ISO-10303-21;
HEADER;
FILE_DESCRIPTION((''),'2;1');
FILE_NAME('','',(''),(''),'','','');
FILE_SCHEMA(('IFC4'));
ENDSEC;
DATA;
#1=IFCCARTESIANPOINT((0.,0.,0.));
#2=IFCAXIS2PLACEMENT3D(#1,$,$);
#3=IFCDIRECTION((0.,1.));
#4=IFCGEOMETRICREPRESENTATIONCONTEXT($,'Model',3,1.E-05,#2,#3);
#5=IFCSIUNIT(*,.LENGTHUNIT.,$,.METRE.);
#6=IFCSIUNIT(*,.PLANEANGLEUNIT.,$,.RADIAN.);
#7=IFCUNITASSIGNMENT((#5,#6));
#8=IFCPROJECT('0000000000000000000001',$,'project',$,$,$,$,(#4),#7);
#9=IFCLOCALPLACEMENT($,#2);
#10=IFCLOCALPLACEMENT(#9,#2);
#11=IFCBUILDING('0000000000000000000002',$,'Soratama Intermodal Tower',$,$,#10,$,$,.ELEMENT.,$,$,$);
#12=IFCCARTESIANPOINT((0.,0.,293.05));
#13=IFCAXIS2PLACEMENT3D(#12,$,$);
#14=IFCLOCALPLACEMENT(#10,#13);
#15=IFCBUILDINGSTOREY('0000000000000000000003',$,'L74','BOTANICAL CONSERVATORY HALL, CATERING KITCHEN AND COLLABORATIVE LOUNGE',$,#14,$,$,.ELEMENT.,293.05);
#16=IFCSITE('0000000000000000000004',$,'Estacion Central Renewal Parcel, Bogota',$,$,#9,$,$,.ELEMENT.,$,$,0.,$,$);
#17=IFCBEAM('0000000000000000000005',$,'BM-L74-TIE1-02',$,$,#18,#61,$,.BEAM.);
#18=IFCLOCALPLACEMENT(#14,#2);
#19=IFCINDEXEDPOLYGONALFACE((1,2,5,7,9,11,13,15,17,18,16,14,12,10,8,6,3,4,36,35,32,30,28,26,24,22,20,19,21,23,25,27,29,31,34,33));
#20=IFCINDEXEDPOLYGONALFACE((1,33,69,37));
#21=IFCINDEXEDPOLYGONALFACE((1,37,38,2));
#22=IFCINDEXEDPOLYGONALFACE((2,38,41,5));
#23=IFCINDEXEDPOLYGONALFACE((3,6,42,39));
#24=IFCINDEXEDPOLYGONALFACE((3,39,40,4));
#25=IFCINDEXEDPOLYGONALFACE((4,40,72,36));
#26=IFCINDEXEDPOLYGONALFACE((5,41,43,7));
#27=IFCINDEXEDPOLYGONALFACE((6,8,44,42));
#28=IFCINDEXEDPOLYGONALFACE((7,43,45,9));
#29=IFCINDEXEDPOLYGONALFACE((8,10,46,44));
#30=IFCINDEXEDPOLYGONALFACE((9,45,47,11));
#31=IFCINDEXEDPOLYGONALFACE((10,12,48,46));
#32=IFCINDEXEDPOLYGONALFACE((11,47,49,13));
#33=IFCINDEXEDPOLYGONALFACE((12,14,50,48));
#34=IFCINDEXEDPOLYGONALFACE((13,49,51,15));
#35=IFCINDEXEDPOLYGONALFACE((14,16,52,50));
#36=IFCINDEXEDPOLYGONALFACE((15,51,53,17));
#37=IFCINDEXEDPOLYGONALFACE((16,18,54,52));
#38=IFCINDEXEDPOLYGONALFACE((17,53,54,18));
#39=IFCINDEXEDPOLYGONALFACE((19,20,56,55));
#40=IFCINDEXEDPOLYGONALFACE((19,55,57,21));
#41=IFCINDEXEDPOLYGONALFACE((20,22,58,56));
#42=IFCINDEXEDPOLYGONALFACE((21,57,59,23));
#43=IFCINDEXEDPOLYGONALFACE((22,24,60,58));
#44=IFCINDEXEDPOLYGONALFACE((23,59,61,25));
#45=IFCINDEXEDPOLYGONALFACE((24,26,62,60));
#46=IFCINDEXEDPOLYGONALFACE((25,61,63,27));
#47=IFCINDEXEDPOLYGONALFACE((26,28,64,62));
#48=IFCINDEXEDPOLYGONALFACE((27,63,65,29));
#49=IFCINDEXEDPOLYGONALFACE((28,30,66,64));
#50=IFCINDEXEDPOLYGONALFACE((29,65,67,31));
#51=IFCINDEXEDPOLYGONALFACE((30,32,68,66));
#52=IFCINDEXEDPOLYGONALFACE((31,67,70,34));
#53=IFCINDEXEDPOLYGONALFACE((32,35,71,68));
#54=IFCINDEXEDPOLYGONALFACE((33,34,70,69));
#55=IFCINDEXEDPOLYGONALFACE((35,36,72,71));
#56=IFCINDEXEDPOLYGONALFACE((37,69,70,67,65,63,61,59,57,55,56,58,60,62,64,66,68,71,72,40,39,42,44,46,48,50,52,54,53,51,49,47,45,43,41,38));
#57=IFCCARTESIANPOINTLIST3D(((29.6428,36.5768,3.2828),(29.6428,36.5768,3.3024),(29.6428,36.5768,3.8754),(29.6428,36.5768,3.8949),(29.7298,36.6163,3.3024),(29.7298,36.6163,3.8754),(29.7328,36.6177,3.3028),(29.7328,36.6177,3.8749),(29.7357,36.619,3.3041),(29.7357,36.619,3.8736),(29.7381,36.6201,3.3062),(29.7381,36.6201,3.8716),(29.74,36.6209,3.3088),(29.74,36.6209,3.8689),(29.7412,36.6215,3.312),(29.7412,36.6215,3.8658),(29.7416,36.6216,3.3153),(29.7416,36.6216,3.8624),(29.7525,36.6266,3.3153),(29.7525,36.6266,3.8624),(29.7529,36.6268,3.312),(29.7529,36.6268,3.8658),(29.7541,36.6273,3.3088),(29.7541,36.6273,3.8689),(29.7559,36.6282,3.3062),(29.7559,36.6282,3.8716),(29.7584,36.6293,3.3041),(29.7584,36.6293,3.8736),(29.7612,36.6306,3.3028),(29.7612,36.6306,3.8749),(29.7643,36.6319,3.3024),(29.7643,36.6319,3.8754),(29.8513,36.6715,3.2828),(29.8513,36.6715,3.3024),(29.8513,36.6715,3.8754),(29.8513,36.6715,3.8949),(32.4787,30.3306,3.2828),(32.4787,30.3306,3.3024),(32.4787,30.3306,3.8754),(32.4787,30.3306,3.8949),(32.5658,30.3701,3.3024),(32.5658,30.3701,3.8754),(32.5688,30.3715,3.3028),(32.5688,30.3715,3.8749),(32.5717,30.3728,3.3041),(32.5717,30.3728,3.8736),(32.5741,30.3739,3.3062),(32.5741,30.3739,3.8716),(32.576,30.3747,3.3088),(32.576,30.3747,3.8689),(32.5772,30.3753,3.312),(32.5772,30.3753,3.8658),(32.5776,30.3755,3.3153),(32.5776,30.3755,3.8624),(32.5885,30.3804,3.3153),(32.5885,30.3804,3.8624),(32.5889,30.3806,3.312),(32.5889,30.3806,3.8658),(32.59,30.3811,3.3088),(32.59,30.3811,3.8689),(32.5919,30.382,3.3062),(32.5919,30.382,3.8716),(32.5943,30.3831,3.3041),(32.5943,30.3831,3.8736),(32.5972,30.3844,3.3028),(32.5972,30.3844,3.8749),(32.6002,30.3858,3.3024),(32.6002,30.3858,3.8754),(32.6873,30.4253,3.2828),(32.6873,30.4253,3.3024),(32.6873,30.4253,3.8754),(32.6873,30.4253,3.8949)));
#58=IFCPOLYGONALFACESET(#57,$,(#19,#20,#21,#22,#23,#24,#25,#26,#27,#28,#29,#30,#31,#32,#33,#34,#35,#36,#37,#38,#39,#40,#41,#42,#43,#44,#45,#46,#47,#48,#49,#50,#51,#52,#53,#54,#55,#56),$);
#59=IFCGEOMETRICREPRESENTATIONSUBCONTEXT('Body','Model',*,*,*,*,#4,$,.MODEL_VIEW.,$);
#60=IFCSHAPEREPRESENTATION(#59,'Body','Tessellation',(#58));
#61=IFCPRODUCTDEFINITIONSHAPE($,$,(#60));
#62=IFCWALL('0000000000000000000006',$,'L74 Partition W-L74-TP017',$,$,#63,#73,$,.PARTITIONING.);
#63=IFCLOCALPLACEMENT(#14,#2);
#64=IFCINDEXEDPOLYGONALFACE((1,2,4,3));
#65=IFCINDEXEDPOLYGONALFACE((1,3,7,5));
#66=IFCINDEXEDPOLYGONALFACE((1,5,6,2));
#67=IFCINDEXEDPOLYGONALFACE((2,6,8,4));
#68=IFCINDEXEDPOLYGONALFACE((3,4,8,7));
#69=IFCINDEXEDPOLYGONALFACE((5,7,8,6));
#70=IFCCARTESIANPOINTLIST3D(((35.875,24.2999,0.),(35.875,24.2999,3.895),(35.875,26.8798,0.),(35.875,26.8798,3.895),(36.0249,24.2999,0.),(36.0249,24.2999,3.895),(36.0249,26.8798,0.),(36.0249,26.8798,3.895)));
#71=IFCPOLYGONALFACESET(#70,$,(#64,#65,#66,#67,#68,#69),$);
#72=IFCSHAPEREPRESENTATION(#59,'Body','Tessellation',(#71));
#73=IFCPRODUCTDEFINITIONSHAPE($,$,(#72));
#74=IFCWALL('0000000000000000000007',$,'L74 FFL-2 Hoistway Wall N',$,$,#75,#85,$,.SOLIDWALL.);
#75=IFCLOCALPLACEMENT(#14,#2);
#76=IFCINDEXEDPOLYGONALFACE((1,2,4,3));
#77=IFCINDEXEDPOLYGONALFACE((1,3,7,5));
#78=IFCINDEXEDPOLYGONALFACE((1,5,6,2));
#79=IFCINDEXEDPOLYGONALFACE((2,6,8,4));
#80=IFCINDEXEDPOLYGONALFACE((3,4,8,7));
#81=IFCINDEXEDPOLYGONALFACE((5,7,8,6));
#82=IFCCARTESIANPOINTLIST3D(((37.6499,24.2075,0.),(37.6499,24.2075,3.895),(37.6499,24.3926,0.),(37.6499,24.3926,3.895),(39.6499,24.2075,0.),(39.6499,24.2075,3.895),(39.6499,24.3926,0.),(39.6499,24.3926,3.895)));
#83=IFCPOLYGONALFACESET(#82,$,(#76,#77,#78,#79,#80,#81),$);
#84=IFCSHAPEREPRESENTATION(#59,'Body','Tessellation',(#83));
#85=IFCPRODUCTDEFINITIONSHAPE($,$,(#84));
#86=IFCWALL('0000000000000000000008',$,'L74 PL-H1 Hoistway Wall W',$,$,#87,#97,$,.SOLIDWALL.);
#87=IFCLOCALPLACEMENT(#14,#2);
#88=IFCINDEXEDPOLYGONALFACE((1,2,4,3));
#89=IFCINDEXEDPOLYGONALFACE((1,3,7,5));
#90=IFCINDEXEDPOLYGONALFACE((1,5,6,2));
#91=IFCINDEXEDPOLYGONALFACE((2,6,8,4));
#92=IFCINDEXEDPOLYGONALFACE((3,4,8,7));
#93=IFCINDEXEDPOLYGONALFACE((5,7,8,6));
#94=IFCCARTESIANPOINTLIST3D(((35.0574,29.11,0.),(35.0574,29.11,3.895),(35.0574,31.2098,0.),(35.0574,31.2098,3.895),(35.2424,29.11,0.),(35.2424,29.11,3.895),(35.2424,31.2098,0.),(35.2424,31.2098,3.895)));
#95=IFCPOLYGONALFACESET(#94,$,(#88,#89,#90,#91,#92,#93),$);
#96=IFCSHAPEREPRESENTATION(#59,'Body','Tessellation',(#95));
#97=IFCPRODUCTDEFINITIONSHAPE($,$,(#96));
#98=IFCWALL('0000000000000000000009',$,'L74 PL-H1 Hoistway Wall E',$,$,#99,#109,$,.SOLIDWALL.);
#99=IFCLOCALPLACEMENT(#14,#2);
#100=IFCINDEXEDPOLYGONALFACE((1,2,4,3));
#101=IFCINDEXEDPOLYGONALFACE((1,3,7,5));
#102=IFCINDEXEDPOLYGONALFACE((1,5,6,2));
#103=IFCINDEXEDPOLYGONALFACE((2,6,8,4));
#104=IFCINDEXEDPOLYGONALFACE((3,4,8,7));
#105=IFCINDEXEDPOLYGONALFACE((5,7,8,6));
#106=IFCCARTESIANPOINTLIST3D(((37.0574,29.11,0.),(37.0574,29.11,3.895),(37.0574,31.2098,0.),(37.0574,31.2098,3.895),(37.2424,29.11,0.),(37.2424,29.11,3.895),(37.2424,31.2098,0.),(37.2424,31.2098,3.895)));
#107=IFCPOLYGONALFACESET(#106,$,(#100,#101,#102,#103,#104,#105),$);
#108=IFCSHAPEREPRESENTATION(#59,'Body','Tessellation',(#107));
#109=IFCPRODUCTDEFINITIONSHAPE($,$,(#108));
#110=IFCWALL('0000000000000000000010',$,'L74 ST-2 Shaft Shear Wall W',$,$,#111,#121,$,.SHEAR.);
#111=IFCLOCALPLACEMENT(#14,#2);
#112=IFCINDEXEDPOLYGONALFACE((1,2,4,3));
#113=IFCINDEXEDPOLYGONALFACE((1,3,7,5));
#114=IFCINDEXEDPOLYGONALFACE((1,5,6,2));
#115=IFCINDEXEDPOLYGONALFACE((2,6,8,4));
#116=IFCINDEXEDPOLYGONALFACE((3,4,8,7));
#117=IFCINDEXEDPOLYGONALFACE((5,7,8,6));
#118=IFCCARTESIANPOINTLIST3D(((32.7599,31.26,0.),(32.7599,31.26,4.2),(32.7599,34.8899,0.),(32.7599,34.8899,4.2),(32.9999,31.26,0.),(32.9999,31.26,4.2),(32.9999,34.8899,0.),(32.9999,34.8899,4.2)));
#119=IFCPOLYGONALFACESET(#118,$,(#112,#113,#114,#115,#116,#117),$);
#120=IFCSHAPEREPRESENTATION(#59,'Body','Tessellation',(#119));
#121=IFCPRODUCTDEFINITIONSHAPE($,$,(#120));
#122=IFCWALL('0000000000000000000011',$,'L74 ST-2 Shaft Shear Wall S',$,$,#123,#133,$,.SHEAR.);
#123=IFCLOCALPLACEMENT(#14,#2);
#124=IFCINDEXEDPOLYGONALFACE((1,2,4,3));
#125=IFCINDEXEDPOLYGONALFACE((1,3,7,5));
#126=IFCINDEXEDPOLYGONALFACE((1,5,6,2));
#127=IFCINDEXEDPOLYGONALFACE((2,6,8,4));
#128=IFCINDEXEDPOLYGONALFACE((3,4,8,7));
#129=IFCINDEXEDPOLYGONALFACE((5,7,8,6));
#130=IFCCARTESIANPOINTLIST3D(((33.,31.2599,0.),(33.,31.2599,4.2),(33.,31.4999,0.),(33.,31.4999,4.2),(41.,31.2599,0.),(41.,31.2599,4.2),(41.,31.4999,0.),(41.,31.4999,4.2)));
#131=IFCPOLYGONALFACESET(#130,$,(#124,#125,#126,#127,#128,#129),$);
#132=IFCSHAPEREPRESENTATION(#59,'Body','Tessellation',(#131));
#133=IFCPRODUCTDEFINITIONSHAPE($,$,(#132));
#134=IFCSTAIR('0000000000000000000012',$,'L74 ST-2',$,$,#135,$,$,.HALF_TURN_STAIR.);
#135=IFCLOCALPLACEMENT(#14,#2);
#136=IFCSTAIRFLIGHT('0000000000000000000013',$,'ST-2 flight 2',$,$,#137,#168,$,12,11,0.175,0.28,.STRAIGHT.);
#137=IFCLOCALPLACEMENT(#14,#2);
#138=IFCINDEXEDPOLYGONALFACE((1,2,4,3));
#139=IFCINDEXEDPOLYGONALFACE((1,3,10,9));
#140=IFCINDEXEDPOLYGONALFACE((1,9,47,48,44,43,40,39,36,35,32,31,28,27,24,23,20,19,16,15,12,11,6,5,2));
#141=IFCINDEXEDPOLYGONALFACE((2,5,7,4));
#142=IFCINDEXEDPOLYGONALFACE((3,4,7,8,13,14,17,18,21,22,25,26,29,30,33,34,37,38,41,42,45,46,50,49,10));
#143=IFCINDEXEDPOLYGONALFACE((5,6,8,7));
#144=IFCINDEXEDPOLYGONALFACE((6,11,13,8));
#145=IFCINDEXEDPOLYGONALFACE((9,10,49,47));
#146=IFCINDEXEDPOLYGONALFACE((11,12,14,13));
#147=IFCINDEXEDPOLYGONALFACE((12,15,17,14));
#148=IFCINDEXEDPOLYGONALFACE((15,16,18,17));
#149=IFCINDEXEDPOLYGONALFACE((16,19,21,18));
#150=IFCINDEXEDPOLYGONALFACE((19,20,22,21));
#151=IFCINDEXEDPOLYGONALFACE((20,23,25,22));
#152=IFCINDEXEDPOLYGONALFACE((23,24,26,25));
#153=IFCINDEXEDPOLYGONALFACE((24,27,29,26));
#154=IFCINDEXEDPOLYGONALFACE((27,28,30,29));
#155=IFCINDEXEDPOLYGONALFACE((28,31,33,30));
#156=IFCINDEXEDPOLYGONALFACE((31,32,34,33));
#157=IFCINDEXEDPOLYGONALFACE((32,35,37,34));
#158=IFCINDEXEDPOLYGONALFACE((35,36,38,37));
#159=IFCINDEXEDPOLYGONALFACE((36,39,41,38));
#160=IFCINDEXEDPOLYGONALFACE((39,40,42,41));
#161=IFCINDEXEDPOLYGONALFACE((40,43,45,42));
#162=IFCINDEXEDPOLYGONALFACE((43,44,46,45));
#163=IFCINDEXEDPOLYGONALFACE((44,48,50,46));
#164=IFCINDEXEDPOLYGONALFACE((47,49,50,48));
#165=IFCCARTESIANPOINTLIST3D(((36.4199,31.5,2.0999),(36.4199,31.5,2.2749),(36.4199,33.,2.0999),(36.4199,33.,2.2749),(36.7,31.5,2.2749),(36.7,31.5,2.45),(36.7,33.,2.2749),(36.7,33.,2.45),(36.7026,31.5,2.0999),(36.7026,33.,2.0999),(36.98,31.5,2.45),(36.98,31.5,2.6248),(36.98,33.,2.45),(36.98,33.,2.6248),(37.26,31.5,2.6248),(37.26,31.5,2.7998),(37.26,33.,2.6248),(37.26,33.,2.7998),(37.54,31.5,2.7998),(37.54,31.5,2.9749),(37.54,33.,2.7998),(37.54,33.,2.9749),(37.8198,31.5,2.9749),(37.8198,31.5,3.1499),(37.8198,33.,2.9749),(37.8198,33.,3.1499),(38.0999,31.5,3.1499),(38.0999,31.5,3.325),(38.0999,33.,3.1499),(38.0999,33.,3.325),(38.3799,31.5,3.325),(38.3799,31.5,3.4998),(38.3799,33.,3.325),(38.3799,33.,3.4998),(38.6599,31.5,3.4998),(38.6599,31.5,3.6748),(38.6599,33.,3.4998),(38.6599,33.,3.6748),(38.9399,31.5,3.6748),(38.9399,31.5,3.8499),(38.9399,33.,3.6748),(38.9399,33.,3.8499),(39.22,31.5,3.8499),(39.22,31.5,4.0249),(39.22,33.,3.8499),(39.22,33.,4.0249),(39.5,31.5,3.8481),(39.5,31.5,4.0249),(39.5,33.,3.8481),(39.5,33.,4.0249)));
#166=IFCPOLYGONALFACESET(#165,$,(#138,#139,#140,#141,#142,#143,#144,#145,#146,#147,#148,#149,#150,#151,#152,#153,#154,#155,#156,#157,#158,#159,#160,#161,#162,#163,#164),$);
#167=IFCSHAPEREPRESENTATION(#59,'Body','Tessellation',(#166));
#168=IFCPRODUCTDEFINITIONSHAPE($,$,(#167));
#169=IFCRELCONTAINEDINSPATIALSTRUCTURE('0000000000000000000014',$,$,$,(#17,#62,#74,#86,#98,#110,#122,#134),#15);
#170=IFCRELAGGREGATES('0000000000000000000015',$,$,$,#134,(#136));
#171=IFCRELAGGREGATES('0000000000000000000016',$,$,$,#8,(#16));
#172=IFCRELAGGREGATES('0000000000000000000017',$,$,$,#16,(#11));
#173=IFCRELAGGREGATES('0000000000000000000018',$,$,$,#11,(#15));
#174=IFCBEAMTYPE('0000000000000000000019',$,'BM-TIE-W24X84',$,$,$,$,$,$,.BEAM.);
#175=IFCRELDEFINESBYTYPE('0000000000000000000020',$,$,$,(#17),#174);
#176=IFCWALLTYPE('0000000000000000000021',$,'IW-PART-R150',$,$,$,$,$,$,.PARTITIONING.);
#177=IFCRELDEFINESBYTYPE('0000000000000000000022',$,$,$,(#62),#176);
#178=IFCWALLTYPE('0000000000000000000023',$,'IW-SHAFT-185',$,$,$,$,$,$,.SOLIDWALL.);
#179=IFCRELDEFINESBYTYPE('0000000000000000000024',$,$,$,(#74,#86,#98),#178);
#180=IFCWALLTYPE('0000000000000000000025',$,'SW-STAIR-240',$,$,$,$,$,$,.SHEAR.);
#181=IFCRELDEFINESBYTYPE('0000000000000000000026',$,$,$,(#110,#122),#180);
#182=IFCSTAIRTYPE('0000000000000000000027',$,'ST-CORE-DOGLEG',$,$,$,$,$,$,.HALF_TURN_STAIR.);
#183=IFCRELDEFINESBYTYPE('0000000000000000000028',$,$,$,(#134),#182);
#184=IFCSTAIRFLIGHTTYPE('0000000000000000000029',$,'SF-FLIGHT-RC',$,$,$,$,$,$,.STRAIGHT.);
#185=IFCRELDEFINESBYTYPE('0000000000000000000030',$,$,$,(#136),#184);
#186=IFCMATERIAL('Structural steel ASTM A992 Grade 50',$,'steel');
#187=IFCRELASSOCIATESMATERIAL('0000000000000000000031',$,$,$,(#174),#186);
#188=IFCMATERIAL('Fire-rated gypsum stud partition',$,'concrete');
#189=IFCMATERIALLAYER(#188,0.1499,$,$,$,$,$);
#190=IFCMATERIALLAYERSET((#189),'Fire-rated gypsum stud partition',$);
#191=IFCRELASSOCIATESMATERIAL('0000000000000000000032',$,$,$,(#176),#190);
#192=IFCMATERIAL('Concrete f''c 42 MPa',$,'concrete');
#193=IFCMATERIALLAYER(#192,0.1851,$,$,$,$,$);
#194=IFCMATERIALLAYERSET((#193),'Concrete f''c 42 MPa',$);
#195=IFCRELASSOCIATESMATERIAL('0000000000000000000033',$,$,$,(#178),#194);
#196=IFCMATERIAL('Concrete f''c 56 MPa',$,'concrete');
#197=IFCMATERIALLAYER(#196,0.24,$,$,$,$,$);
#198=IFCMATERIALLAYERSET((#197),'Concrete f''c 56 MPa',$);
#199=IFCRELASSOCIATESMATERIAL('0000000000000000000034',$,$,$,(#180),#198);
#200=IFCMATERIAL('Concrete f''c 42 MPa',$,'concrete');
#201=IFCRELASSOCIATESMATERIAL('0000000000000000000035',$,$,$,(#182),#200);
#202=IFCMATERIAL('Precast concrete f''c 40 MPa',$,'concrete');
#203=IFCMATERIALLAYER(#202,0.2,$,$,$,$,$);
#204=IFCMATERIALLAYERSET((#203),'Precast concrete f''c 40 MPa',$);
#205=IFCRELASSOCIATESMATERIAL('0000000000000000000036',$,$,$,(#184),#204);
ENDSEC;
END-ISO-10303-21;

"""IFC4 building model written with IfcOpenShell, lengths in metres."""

from ifc_helpers import new_model, si_unit, direction, frame, frame_2d, origin, origin_2d, place, context, subcontext, project, spatial, polyline, rectangle, i_section, outline, extrude, material, layer, layer_set, material_profile, profile_set, type_object, element, aggregate, save


model = new_model("IFC4")

# Units and contexts
model_context = context("Model", 3, precision=1e-05, world=origin(), true_north=direction((0.0, 1.0)))
body_context = subcontext(model_context, "Body", "Model", "MODEL_VIEW")
ifc_project = project(units=[si_unit("LENGTHUNIT", "METRE"), si_unit("PLANEANGLEUNIT", "RADIAN")], contexts=[model_context])

# Site, building, storey
site_placement = place(None, origin())
site = spatial("IfcSite", under=ifc_project, at=site_placement, Name="Estacion Central Renewal Parcel, Bogota", CompositionType="ELEMENT", RefElevation=0.0)
building_placement = place(site_placement, origin())
building = spatial("IfcBuilding", under=site, at=building_placement, Name="Soratama Intermodal Tower", CompositionType="ELEMENT")
storey_placement = place(building_placement, frame((0.0, 0.0, 293.05)))
storey = spatial("IfcBuildingStorey", under=building, at=storey_placement, Name="L74", Description="BOTANICAL CONSERVATORY HALL, CATERING KITCHEN AND COLLABORATIVE LOUNGE", CompositionType="ELEMENT", Elevation=293.05)

# Beam
ifc_material_1 = material(Name="Structural steel ASTM A992 Grade 50", Category="steel")
ifc_material_profile_1 = material_profile(ifc_material_1, i_section(OverallWidth=0.229, OverallDepth=0.6121, WebThickness=0.012, FlangeThickness=0.0195, FilletRadius=0.0129, at=origin_2d()), Name="W24X84")
ifc_profile_set_1 = profile_set([ifc_material_profile_1], Name="Structural steel ASTM A992 Grade 50")
beam_type_1 = type_object("IfcBeamType", Name="BM-TIE-W24X84", PredefinedType="BEAM", material=ifc_profile_set_1)
beam_1_placement = place(storey_placement, frame((32.583, 30.3779, 3.5889), z_axis=(-0.413417, 0.910542, 0.0), x_axis=(-0.910542, -0.413417, 0.0)))
element("IfcBeam", 1, at=beam_1_placement, inside=storey, type_object=beam_type_1, Name="BM-L74-TIE1-02", PredefinedType="BEAM", context=body_context, shape_type="SweptSolid", body=[
    extrude(i_section(OverallWidth=0.229, OverallDepth=0.6121, WebThickness=0.012, FlangeThickness=0.0195, FilletRadius=0.0129, at=origin_2d()), origin(), (0.0, 0.0, 1.0), 6.8599),
])

# Shared definitions
ifc_material_2 = material(Name="Fire-rated gypsum stud partition", Category="concrete")
ifc_layer_1 = layer(ifc_material_2, 0.1499)
ifc_layer_set_1 = layer_set([ifc_layer_1], Name="Fire-rated gypsum stud partition")
wall_type_1 = type_object("IfcWallType", Name="IW-PART-R150", PredefinedType="PARTITIONING", material=ifc_layer_set_1)

# Walls
wall_1_placement = place(storey_placement, frame((35.95, 26.8799, 0.0), z_axis=(0.0, 0.0, 1.0), x_axis=(0.0, -1.0, 0.0)))
element("IfcWall", 2, at=wall_1_placement, inside=storey, type_object=wall_type_1, Name="L74 Partition W-L74-TP017", PredefinedType="PARTITIONING", context=body_context, shape_type="SweptSolid", body=[
    extrude(rectangle(XDim=2.5798, YDim=0.1499, at=frame_2d((1.29, 0.0))), origin(), (0.0, 0.0, 1.0), 3.895),
])
ifc_material_3 = material(Name="Concrete f'c 42 MPa", Category="concrete")
ifc_layer_2 = layer(ifc_material_3, 0.1851)
ifc_layer_set_2 = layer_set([ifc_layer_2], Name="Concrete f'c 42 MPa")
wall_type_2 = type_object("IfcWallType", Name="IW-SHAFT-185", PredefinedType="SOLIDWALL", material=ifc_layer_set_2)
wall_2_placement = place(storey_placement, frame((37.6499, 24.3, 0.0), z_axis=(0.0, 0.0, 1.0), x_axis=(1.0, 0.0, 0.0)))
element("IfcWall", 3, at=wall_2_placement, inside=storey, type_object=wall_type_2, Name="L74 FFL-2 Hoistway Wall N", PredefinedType="SOLIDWALL", context=body_context, shape_type="SweptSolid", body=[
    extrude(rectangle(XDim=2.0, YDim=0.1851, at=frame_2d((1.0, 0.0))), origin(), (0.0, 0.0, 1.0), 3.895),
])

# Walls
for number, where, z_axis, x_axis, name in (
    (4, (35.1499, 29.1101, 0.0), (0.0, 0.0, 1.0), (0.0, 1.0, 0.0), "L74 PL-H1 Hoistway Wall W"),
    (5, (37.1499, 29.1101, 0.0), (0.0, 0.0, 1.0), (0.0, 1.0, 0.0), "L74 PL-H1 Hoistway Wall E"),
):
    element("IfcWall", number, at=place(storey_placement, frame(where, z_axis=z_axis, x_axis=x_axis)), inside=storey, type_object=wall_type_2, Name=name, PredefinedType="SOLIDWALL", context=body_context, shape_type="SweptSolid", body=[
        extrude(rectangle(XDim=2.0999, YDim=0.1851, at=frame_2d((1.0498, 0.0))), origin(), (0.0, 0.0, 1.0), 3.895),
    ])

# Walls
ifc_material_4 = material(Name="Concrete f'c 56 MPa", Category="concrete")
ifc_layer_3 = layer(ifc_material_4, 0.24)
ifc_layer_set_3 = layer_set([ifc_layer_3], Name="Concrete f'c 56 MPa")
wall_type_3 = type_object("IfcWallType", Name="SW-STAIR-240", PredefinedType="SHEAR", material=ifc_layer_set_3)
wall_3_placement = place(storey_placement, frame((32.8799, 31.26, 0.0), z_axis=(0.0, 0.0, 1.0), x_axis=(0.0, 1.0, 0.0)))
element("IfcWall", 6, at=wall_3_placement, inside=storey, type_object=wall_type_3, Name="L74 ST-2 Shaft Shear Wall W", PredefinedType="SHEAR", context=body_context, shape_type="SweptSolid", body=[
    extrude(rectangle(XDim=3.6299, YDim=0.24, at=frame_2d((1.8149, 0.0))), origin(), (0.0, 0.0, 1.0), 4.2),
])
wall_4_placement = place(storey_placement, frame((33.0, 31.3799, 0.0), z_axis=(0.0, 0.0, 1.0), x_axis=(1.0, 0.0, 0.0)))
element("IfcWall", 7, at=wall_4_placement, inside=storey, type_object=wall_type_3, Name="L74 ST-2 Shaft Shear Wall S", PredefinedType="SHEAR", context=body_context, shape_type="SweptSolid", body=[
    extrude(rectangle(XDim=8.0, YDim=0.24, at=frame_2d((4.0, 0.0))), origin(), (0.0, 0.0, 1.0), 4.2),
])

# Stair, stair flight
ifc_material_5 = material(Name="Concrete f'c 42 MPa", Category="concrete")
stair_type = type_object("IfcStairType", Name="ST-CORE-DOGLEG", PredefinedType="HALF_TURN_STAIR", material=ifc_material_5)
stair_placement = place(storey_placement, origin())
stair = element("IfcStair", 8, at=stair_placement, inside=storey, type_object=stair_type, Name="L74 ST-2", PredefinedType="HALF_TURN_STAIR")
ifc_material_6 = material(Name="Precast concrete f'c 40 MPa", Category="concrete")
ifc_layer_4 = layer(ifc_material_6, 0.2)
ifc_layer_set_4 = layer_set([ifc_layer_4], Name="Precast concrete f'c 40 MPa")
stair_flight_type = type_object("IfcStairFlightType", Name="SF-FLIGHT-RC", PredefinedType="STRAIGHT", material=ifc_layer_set_4)
stair_flight_placement = place(storey_placement, frame((36.4199, 32.25, 2.0999), z_axis=(0.0, 0.0, 1.0), x_axis=(1.0, 0.0, 0.0)))
stair_flight = element("IfcStairFlight", 9, at=stair_flight_placement, type_object=stair_flight_type, Name="ST-2 flight 2", NumberOfRisers=12, NumberOfTreads=11, PredefinedType="STRAIGHT", RiserHeight=0.175, TreadLength=0.28, context=body_context, shape_type="SweptSolid", body=[
    extrude(outline(polyline([(0.0, 0.0), (0.0, 0.175), (0.28, 0.175), (0.28, 0.3501), (0.5601, 0.3501), (0.5601, 0.5249), (0.8401, 0.5249), (0.8401, 0.7), (1.1201, 0.7), (1.1201, 0.875), (1.3999, 0.875), (1.3999, 1.05), (1.6799, 1.05), (1.6799, 1.2251), (1.96, 1.2251), (1.96, 1.3999), (2.24, 1.3999), (2.24, 1.575), (2.52, 1.575), (2.52, 1.75), (2.8, 1.75), (2.8, 1.925), (3.0801, 1.925), (3.0801, 2.1001), (3.0801, 1.7483), (0.2827, 0.0), (0.0, 0.0)])), frame((0.0, 0.75, 0.0), z_axis=(0.0, -1.0, 0.0), x_axis=(1.0, 0.0, 0.0)), (0.0, 0.0, 1.0), 1.5),
])
aggregate(stair, [stair_flight])

save(model, "model.ifc")
